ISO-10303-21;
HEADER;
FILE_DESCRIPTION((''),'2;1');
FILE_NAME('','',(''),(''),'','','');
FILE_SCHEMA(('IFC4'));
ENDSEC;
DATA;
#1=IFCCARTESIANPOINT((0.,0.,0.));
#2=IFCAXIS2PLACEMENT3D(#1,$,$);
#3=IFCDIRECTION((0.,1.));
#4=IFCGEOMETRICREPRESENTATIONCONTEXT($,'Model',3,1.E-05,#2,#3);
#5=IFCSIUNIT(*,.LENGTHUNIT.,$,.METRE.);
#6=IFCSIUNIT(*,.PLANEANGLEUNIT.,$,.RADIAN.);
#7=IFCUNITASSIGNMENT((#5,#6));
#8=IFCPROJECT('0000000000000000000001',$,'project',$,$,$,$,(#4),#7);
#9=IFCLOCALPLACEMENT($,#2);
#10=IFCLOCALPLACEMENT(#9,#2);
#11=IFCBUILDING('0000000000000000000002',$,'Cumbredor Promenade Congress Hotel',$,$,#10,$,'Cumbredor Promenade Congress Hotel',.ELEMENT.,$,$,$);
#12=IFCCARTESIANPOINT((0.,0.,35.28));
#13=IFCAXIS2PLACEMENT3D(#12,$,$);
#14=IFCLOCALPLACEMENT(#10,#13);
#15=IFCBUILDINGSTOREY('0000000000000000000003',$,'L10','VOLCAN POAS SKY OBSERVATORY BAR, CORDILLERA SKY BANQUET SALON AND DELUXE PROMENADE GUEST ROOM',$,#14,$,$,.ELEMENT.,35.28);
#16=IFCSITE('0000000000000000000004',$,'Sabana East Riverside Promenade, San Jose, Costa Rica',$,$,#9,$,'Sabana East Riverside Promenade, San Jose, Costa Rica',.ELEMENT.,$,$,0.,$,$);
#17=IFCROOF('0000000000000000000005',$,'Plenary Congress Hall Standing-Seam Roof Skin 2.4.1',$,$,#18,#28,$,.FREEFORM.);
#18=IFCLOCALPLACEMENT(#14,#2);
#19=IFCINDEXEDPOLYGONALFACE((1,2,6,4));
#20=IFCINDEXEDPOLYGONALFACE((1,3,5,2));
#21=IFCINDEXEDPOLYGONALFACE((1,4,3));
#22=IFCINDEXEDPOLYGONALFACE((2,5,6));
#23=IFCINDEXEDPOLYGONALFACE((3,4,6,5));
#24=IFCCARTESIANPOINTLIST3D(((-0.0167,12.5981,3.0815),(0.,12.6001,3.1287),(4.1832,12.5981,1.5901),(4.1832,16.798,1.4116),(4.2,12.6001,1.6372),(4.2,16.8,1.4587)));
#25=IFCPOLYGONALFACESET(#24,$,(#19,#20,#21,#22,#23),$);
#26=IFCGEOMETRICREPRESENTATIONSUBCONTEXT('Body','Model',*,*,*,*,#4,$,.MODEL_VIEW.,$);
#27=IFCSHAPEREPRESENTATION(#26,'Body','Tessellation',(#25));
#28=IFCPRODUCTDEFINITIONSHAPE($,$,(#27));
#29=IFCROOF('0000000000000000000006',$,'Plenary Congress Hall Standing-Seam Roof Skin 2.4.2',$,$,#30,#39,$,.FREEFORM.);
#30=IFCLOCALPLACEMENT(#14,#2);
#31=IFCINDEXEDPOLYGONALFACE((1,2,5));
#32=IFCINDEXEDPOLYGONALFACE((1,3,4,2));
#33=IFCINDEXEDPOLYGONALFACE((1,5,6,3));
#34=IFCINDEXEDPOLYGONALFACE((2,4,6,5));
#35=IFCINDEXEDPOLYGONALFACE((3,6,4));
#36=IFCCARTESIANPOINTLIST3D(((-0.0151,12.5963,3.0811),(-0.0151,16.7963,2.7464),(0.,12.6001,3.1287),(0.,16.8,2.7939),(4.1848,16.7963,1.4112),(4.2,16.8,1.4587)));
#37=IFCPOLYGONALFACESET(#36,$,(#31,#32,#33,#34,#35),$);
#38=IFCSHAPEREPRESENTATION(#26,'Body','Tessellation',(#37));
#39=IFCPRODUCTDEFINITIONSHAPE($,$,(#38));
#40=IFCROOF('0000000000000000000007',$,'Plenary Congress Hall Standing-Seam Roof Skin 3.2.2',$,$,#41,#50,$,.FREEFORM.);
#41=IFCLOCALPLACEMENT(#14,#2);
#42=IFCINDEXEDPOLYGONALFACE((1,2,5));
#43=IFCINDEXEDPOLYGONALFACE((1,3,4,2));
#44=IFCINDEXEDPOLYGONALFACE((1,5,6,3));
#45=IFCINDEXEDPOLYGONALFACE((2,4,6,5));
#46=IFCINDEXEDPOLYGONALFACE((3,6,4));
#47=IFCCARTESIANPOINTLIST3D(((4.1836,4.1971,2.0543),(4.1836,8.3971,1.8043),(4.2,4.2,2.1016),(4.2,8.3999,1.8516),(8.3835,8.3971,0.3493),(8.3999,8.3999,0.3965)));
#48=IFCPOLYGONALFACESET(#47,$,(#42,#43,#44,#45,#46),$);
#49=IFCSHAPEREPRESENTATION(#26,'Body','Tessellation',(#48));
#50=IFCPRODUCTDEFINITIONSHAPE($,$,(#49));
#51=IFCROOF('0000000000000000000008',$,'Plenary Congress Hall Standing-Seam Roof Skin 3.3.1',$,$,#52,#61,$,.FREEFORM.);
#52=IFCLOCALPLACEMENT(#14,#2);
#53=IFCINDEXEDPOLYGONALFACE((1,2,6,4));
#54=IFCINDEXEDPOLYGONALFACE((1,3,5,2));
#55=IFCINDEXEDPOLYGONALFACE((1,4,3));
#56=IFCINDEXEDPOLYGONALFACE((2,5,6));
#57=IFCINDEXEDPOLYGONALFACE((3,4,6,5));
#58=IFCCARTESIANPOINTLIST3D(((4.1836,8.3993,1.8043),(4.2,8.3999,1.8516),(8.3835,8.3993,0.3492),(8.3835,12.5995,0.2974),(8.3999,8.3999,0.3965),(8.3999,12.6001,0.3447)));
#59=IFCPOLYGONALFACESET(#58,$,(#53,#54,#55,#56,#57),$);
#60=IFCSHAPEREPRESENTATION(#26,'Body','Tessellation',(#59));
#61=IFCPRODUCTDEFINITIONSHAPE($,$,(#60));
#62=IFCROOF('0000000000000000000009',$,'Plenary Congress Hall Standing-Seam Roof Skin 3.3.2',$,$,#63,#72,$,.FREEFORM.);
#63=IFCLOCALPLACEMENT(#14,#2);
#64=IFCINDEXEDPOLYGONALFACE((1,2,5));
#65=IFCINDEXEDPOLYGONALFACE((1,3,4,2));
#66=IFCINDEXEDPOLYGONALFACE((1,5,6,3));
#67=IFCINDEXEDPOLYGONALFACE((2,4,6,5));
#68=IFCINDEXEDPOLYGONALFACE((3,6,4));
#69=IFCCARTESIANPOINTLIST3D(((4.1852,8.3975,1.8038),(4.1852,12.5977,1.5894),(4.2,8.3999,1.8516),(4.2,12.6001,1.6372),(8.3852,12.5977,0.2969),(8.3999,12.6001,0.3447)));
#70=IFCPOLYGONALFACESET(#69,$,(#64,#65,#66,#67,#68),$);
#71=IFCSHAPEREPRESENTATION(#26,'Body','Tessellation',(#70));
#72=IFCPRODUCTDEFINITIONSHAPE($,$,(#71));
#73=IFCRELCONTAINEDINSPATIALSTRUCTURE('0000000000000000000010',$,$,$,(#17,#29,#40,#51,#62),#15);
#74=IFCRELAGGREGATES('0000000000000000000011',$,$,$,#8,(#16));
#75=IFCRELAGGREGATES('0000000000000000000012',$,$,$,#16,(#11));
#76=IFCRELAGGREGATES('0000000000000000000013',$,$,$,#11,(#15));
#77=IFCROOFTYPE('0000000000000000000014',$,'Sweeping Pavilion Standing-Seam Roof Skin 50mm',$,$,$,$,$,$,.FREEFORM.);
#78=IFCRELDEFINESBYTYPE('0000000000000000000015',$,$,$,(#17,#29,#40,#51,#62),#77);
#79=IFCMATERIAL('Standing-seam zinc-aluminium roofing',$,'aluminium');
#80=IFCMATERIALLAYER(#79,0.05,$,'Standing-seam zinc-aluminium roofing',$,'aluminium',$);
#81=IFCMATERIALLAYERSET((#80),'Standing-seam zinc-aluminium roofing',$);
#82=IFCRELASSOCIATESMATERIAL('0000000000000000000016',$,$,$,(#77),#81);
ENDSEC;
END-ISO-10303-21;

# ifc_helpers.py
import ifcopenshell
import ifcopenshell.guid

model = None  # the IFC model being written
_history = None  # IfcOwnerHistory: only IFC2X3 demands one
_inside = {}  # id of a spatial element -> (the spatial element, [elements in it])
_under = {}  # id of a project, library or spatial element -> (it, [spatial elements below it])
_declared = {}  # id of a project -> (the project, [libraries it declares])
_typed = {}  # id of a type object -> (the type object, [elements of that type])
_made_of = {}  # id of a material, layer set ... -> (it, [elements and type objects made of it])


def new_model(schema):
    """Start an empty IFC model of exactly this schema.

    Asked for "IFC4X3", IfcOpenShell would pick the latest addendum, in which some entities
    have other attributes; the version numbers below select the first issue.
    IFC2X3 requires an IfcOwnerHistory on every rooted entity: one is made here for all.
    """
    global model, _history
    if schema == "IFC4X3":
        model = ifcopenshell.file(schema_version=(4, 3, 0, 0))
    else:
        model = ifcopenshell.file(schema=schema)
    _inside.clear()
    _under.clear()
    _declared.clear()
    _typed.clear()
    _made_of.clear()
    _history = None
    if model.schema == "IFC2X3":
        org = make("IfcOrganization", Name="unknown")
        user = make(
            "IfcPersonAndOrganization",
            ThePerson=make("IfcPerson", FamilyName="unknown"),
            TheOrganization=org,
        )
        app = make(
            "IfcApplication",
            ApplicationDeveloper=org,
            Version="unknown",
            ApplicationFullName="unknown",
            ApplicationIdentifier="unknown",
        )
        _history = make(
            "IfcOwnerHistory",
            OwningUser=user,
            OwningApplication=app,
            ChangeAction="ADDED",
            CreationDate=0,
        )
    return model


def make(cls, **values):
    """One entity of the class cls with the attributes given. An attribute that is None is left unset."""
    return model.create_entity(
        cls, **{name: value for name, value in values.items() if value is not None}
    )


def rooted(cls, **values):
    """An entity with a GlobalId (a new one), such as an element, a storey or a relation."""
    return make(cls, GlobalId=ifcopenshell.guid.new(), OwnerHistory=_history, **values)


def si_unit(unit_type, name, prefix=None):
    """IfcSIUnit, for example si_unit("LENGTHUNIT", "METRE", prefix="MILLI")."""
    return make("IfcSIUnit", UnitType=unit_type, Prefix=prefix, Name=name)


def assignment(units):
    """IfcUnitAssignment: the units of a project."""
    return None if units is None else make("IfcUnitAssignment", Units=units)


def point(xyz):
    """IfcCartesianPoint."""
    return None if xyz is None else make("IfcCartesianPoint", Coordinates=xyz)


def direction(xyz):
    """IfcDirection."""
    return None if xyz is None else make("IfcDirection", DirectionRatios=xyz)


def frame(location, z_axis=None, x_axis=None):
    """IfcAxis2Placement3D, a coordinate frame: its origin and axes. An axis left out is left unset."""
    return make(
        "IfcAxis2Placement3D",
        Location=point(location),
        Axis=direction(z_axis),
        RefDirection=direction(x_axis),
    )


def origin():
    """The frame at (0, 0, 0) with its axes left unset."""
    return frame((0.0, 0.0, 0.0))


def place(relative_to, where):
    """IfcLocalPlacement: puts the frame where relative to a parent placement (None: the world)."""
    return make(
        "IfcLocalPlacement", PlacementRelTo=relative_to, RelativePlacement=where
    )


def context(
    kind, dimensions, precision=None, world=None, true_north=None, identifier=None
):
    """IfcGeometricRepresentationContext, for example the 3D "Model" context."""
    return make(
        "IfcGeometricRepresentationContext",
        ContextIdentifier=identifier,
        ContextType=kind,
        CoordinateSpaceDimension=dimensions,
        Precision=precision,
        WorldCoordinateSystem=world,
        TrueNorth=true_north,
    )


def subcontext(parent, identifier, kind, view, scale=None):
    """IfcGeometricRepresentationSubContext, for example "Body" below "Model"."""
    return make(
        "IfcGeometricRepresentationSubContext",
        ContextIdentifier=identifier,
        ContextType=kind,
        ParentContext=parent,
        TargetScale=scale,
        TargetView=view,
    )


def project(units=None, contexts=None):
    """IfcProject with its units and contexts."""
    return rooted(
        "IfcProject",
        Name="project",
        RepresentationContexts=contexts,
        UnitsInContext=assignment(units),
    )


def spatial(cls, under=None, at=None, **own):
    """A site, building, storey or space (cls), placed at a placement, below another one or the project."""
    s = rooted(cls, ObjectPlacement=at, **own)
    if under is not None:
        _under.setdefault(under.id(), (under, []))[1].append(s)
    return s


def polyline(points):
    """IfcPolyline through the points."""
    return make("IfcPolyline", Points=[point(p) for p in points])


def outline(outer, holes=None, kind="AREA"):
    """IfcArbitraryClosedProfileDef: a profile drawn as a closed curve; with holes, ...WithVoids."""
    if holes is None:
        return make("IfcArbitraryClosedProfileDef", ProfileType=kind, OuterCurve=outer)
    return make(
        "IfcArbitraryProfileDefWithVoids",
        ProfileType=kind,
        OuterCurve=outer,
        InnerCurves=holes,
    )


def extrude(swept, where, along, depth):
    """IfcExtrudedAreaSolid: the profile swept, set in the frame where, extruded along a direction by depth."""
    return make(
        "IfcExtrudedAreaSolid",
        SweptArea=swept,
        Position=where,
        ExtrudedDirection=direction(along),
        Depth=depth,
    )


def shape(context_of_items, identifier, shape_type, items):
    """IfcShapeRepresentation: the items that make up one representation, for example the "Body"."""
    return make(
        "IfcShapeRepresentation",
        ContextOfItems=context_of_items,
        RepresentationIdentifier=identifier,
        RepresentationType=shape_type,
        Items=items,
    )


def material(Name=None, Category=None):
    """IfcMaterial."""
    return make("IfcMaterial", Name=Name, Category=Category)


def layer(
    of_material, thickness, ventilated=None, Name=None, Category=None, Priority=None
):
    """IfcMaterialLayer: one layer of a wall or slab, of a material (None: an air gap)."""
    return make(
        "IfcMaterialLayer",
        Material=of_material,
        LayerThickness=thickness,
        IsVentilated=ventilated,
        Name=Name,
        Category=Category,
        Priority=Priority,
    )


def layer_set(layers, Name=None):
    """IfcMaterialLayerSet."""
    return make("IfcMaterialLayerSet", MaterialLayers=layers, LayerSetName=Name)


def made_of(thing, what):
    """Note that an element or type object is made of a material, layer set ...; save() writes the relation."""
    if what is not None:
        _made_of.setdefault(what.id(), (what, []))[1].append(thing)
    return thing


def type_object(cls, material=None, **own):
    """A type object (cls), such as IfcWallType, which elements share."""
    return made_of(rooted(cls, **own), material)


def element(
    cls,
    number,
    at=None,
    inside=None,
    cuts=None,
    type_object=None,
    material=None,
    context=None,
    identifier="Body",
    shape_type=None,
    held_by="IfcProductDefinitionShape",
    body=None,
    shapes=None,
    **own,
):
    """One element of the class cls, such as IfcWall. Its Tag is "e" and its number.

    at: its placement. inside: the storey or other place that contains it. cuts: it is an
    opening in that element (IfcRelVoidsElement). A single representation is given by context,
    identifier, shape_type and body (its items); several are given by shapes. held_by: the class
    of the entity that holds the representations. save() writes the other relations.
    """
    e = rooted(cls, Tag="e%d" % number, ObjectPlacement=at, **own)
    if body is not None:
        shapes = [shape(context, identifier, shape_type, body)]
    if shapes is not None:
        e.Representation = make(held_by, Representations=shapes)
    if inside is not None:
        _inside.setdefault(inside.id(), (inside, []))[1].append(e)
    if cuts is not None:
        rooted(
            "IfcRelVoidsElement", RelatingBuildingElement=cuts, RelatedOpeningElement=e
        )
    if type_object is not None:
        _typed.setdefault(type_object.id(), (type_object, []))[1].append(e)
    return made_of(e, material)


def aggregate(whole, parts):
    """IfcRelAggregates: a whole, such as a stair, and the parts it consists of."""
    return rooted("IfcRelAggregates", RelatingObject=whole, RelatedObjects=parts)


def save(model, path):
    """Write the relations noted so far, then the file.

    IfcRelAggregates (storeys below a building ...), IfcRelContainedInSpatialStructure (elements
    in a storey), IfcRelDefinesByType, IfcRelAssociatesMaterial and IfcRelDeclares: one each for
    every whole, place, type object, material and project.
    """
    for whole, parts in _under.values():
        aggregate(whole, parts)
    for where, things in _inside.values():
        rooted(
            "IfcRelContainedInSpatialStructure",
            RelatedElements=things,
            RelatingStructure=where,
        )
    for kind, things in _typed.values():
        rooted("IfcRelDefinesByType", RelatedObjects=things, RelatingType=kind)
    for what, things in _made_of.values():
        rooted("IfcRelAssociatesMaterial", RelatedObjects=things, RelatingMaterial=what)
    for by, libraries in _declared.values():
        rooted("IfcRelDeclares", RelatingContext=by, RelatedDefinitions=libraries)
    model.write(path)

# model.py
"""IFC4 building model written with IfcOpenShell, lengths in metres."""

from ifc_helpers import new_model, si_unit, direction, frame, origin, place, context, subcontext, project, spatial, polyline, outline, extrude, material, layer, layer_set, type_object, element, save


model = new_model("IFC4")

# Units and contexts
model_context = context("Model", 3, precision=1e-05, world=origin(), true_north=direction((0.0, 1.0)))
body_context = subcontext(model_context, "Body", "Model", "MODEL_VIEW")
ifc_project = project(units=[si_unit("LENGTHUNIT", "METRE"), si_unit("PLANEANGLEUNIT", "RADIAN")], contexts=[model_context])

# Site, building, storey
site_placement = place(None, origin())
site = spatial("IfcSite", under=ifc_project, at=site_placement, Name="Sabana East Riverside Promenade, San Jose, Costa Rica", LongName="Sabana East Riverside Promenade, San Jose, Costa Rica", CompositionType="ELEMENT", RefElevation=0.0)
building_placement = place(site_placement, origin())
building = spatial("IfcBuilding", under=site, at=building_placement, Name="Cumbredor Promenade Congress Hotel", LongName="Cumbredor Promenade Congress Hotel", CompositionType="ELEMENT")
storey_placement = place(building_placement, frame((0.0, 0.0, 35.28)))
storey = spatial("IfcBuildingStorey", under=building, at=storey_placement, Name="L10", Description="VOLCAN POAS SKY OBSERVATORY BAR, CORDILLERA SKY BANQUET SALON AND DELUXE PROMENADE GUEST ROOM", CompositionType="ELEMENT", Elevation=35.28)

# Roofs
ifc_material_1 = material(Name="Standing-seam zinc-aluminium roofing", Category="aluminium")
ifc_layer_1 = layer(ifc_material_1, 0.05, Name="Standing-seam zinc-aluminium roofing", Category="aluminium")
ifc_layer_set_1 = layer_set([ifc_layer_1], Name="Standing-seam zinc-aluminium roofing")
roof_type = type_object("IfcRoofType", Name="Sweeping Pavilion Standing-Seam Roof Skin 50mm", PredefinedType="FREEFORM", material=ifc_layer_set_1)
roof_1_placement = place(storey_placement, frame((0.0, 12.6001, 3.1287), z_axis=(0.334371, 0.040011, 0.941592), x_axis=(0.942346, 0.0, -0.334639)))
element("IfcRoof", 1, at=roof_1_placement, inside=storey, type_object=roof_type, Name="Plenary Congress Hall Standing-Seam Roof Skin 2.4.1", PredefinedType="FREEFORM", context=body_context, shape_type="SweptSolid", body=[
    extrude(outline(polyline([(0.0, 0.0), (4.4569, 0.0), (4.5166, 4.2033), (0.0, 0.0)])), origin(), (0.0, 0.0, -1.0), 0.05),
])
roof_2_placement = place(storey_placement, frame((0.0, 12.6001, 3.1287), z_axis=(0.302098, 0.075732, 0.950264), x_axis=(0.680715, 0.680715, -0.270656)))
element("IfcRoof", 2, at=roof_2_placement, inside=storey, type_object=roof_type, Name="Plenary Congress Hall Standing-Seam Roof Skin 2.4.2", PredefinedType="FREEFORM", context=body_context, shape_type="SweptSolid", body=[
    extrude(outline(polyline([(0.0, 0.0), (6.1699, 0.0), (2.9496, 3.0086), (0.0, 0.0)])), origin(), (0.0, 0.0, -1.0), 0.05),
])
roof_3_placement = place(storey_placement, frame((4.2, 4.2, 2.1016), z_axis=(0.326845, 0.056156, 0.943408), x_axis=(0.679657, 0.679657, -0.275924)))
element("IfcRoof", 3, at=roof_3_placement, inside=storey, type_object=roof_type, Name="Plenary Congress Hall Standing-Seam Roof Skin 3.2.2", PredefinedType="FREEFORM", context=body_context, shape_type="SweptSolid", body=[
    extrude(outline(polyline([(0.0, 0.0), (6.1795, 0.0), (2.9235, 3.0258), (0.0, 0.0)])), origin(), (0.0, 0.0, -1.0), 0.05),
])
roof_4_placement = place(storey_placement, frame((4.2, 8.3999, 1.8516), z_axis=(0.327339, 0.011643, 0.944835), x_axis=(0.944899, 0.0, -0.327361)))
element("IfcRoof", 4, at=roof_4_placement, inside=storey, type_object=roof_type, Name="Plenary Congress Hall Standing-Seam Roof Skin 3.3.1", PredefinedType="FREEFORM", context=body_context, shape_type="SweptSolid", body=[
    extrude(outline(polyline([(0.0, 0.0), (4.4449, 0.0), (4.4618, 4.2005), (0.0, 0.0)])), origin(), (0.0, 0.0, -1.0), 0.05),
])
roof_5_placement = place(storey_placement, frame((4.2, 8.3999, 1.8516), z_axis=(0.293776, 0.048719, 0.954632), x_axis=(0.685376, 0.685416, -0.245896)))
element("IfcRoof", 5, at=roof_5_placement, inside=storey, type_object=roof_type, Name="Plenary Congress Hall Standing-Seam Roof Skin 3.3.2", PredefinedType="FREEFORM", context=body_context, shape_type="SweptSolid", body=[
    extrude(outline(polyline([(0.0, 0.0), (6.128, 0.0), (2.9316, 3.0155), (0.0, 0.0)])), origin(), (0.0, 0.0, -1.0), 0.05),
])

save(model, "model.ifc")
